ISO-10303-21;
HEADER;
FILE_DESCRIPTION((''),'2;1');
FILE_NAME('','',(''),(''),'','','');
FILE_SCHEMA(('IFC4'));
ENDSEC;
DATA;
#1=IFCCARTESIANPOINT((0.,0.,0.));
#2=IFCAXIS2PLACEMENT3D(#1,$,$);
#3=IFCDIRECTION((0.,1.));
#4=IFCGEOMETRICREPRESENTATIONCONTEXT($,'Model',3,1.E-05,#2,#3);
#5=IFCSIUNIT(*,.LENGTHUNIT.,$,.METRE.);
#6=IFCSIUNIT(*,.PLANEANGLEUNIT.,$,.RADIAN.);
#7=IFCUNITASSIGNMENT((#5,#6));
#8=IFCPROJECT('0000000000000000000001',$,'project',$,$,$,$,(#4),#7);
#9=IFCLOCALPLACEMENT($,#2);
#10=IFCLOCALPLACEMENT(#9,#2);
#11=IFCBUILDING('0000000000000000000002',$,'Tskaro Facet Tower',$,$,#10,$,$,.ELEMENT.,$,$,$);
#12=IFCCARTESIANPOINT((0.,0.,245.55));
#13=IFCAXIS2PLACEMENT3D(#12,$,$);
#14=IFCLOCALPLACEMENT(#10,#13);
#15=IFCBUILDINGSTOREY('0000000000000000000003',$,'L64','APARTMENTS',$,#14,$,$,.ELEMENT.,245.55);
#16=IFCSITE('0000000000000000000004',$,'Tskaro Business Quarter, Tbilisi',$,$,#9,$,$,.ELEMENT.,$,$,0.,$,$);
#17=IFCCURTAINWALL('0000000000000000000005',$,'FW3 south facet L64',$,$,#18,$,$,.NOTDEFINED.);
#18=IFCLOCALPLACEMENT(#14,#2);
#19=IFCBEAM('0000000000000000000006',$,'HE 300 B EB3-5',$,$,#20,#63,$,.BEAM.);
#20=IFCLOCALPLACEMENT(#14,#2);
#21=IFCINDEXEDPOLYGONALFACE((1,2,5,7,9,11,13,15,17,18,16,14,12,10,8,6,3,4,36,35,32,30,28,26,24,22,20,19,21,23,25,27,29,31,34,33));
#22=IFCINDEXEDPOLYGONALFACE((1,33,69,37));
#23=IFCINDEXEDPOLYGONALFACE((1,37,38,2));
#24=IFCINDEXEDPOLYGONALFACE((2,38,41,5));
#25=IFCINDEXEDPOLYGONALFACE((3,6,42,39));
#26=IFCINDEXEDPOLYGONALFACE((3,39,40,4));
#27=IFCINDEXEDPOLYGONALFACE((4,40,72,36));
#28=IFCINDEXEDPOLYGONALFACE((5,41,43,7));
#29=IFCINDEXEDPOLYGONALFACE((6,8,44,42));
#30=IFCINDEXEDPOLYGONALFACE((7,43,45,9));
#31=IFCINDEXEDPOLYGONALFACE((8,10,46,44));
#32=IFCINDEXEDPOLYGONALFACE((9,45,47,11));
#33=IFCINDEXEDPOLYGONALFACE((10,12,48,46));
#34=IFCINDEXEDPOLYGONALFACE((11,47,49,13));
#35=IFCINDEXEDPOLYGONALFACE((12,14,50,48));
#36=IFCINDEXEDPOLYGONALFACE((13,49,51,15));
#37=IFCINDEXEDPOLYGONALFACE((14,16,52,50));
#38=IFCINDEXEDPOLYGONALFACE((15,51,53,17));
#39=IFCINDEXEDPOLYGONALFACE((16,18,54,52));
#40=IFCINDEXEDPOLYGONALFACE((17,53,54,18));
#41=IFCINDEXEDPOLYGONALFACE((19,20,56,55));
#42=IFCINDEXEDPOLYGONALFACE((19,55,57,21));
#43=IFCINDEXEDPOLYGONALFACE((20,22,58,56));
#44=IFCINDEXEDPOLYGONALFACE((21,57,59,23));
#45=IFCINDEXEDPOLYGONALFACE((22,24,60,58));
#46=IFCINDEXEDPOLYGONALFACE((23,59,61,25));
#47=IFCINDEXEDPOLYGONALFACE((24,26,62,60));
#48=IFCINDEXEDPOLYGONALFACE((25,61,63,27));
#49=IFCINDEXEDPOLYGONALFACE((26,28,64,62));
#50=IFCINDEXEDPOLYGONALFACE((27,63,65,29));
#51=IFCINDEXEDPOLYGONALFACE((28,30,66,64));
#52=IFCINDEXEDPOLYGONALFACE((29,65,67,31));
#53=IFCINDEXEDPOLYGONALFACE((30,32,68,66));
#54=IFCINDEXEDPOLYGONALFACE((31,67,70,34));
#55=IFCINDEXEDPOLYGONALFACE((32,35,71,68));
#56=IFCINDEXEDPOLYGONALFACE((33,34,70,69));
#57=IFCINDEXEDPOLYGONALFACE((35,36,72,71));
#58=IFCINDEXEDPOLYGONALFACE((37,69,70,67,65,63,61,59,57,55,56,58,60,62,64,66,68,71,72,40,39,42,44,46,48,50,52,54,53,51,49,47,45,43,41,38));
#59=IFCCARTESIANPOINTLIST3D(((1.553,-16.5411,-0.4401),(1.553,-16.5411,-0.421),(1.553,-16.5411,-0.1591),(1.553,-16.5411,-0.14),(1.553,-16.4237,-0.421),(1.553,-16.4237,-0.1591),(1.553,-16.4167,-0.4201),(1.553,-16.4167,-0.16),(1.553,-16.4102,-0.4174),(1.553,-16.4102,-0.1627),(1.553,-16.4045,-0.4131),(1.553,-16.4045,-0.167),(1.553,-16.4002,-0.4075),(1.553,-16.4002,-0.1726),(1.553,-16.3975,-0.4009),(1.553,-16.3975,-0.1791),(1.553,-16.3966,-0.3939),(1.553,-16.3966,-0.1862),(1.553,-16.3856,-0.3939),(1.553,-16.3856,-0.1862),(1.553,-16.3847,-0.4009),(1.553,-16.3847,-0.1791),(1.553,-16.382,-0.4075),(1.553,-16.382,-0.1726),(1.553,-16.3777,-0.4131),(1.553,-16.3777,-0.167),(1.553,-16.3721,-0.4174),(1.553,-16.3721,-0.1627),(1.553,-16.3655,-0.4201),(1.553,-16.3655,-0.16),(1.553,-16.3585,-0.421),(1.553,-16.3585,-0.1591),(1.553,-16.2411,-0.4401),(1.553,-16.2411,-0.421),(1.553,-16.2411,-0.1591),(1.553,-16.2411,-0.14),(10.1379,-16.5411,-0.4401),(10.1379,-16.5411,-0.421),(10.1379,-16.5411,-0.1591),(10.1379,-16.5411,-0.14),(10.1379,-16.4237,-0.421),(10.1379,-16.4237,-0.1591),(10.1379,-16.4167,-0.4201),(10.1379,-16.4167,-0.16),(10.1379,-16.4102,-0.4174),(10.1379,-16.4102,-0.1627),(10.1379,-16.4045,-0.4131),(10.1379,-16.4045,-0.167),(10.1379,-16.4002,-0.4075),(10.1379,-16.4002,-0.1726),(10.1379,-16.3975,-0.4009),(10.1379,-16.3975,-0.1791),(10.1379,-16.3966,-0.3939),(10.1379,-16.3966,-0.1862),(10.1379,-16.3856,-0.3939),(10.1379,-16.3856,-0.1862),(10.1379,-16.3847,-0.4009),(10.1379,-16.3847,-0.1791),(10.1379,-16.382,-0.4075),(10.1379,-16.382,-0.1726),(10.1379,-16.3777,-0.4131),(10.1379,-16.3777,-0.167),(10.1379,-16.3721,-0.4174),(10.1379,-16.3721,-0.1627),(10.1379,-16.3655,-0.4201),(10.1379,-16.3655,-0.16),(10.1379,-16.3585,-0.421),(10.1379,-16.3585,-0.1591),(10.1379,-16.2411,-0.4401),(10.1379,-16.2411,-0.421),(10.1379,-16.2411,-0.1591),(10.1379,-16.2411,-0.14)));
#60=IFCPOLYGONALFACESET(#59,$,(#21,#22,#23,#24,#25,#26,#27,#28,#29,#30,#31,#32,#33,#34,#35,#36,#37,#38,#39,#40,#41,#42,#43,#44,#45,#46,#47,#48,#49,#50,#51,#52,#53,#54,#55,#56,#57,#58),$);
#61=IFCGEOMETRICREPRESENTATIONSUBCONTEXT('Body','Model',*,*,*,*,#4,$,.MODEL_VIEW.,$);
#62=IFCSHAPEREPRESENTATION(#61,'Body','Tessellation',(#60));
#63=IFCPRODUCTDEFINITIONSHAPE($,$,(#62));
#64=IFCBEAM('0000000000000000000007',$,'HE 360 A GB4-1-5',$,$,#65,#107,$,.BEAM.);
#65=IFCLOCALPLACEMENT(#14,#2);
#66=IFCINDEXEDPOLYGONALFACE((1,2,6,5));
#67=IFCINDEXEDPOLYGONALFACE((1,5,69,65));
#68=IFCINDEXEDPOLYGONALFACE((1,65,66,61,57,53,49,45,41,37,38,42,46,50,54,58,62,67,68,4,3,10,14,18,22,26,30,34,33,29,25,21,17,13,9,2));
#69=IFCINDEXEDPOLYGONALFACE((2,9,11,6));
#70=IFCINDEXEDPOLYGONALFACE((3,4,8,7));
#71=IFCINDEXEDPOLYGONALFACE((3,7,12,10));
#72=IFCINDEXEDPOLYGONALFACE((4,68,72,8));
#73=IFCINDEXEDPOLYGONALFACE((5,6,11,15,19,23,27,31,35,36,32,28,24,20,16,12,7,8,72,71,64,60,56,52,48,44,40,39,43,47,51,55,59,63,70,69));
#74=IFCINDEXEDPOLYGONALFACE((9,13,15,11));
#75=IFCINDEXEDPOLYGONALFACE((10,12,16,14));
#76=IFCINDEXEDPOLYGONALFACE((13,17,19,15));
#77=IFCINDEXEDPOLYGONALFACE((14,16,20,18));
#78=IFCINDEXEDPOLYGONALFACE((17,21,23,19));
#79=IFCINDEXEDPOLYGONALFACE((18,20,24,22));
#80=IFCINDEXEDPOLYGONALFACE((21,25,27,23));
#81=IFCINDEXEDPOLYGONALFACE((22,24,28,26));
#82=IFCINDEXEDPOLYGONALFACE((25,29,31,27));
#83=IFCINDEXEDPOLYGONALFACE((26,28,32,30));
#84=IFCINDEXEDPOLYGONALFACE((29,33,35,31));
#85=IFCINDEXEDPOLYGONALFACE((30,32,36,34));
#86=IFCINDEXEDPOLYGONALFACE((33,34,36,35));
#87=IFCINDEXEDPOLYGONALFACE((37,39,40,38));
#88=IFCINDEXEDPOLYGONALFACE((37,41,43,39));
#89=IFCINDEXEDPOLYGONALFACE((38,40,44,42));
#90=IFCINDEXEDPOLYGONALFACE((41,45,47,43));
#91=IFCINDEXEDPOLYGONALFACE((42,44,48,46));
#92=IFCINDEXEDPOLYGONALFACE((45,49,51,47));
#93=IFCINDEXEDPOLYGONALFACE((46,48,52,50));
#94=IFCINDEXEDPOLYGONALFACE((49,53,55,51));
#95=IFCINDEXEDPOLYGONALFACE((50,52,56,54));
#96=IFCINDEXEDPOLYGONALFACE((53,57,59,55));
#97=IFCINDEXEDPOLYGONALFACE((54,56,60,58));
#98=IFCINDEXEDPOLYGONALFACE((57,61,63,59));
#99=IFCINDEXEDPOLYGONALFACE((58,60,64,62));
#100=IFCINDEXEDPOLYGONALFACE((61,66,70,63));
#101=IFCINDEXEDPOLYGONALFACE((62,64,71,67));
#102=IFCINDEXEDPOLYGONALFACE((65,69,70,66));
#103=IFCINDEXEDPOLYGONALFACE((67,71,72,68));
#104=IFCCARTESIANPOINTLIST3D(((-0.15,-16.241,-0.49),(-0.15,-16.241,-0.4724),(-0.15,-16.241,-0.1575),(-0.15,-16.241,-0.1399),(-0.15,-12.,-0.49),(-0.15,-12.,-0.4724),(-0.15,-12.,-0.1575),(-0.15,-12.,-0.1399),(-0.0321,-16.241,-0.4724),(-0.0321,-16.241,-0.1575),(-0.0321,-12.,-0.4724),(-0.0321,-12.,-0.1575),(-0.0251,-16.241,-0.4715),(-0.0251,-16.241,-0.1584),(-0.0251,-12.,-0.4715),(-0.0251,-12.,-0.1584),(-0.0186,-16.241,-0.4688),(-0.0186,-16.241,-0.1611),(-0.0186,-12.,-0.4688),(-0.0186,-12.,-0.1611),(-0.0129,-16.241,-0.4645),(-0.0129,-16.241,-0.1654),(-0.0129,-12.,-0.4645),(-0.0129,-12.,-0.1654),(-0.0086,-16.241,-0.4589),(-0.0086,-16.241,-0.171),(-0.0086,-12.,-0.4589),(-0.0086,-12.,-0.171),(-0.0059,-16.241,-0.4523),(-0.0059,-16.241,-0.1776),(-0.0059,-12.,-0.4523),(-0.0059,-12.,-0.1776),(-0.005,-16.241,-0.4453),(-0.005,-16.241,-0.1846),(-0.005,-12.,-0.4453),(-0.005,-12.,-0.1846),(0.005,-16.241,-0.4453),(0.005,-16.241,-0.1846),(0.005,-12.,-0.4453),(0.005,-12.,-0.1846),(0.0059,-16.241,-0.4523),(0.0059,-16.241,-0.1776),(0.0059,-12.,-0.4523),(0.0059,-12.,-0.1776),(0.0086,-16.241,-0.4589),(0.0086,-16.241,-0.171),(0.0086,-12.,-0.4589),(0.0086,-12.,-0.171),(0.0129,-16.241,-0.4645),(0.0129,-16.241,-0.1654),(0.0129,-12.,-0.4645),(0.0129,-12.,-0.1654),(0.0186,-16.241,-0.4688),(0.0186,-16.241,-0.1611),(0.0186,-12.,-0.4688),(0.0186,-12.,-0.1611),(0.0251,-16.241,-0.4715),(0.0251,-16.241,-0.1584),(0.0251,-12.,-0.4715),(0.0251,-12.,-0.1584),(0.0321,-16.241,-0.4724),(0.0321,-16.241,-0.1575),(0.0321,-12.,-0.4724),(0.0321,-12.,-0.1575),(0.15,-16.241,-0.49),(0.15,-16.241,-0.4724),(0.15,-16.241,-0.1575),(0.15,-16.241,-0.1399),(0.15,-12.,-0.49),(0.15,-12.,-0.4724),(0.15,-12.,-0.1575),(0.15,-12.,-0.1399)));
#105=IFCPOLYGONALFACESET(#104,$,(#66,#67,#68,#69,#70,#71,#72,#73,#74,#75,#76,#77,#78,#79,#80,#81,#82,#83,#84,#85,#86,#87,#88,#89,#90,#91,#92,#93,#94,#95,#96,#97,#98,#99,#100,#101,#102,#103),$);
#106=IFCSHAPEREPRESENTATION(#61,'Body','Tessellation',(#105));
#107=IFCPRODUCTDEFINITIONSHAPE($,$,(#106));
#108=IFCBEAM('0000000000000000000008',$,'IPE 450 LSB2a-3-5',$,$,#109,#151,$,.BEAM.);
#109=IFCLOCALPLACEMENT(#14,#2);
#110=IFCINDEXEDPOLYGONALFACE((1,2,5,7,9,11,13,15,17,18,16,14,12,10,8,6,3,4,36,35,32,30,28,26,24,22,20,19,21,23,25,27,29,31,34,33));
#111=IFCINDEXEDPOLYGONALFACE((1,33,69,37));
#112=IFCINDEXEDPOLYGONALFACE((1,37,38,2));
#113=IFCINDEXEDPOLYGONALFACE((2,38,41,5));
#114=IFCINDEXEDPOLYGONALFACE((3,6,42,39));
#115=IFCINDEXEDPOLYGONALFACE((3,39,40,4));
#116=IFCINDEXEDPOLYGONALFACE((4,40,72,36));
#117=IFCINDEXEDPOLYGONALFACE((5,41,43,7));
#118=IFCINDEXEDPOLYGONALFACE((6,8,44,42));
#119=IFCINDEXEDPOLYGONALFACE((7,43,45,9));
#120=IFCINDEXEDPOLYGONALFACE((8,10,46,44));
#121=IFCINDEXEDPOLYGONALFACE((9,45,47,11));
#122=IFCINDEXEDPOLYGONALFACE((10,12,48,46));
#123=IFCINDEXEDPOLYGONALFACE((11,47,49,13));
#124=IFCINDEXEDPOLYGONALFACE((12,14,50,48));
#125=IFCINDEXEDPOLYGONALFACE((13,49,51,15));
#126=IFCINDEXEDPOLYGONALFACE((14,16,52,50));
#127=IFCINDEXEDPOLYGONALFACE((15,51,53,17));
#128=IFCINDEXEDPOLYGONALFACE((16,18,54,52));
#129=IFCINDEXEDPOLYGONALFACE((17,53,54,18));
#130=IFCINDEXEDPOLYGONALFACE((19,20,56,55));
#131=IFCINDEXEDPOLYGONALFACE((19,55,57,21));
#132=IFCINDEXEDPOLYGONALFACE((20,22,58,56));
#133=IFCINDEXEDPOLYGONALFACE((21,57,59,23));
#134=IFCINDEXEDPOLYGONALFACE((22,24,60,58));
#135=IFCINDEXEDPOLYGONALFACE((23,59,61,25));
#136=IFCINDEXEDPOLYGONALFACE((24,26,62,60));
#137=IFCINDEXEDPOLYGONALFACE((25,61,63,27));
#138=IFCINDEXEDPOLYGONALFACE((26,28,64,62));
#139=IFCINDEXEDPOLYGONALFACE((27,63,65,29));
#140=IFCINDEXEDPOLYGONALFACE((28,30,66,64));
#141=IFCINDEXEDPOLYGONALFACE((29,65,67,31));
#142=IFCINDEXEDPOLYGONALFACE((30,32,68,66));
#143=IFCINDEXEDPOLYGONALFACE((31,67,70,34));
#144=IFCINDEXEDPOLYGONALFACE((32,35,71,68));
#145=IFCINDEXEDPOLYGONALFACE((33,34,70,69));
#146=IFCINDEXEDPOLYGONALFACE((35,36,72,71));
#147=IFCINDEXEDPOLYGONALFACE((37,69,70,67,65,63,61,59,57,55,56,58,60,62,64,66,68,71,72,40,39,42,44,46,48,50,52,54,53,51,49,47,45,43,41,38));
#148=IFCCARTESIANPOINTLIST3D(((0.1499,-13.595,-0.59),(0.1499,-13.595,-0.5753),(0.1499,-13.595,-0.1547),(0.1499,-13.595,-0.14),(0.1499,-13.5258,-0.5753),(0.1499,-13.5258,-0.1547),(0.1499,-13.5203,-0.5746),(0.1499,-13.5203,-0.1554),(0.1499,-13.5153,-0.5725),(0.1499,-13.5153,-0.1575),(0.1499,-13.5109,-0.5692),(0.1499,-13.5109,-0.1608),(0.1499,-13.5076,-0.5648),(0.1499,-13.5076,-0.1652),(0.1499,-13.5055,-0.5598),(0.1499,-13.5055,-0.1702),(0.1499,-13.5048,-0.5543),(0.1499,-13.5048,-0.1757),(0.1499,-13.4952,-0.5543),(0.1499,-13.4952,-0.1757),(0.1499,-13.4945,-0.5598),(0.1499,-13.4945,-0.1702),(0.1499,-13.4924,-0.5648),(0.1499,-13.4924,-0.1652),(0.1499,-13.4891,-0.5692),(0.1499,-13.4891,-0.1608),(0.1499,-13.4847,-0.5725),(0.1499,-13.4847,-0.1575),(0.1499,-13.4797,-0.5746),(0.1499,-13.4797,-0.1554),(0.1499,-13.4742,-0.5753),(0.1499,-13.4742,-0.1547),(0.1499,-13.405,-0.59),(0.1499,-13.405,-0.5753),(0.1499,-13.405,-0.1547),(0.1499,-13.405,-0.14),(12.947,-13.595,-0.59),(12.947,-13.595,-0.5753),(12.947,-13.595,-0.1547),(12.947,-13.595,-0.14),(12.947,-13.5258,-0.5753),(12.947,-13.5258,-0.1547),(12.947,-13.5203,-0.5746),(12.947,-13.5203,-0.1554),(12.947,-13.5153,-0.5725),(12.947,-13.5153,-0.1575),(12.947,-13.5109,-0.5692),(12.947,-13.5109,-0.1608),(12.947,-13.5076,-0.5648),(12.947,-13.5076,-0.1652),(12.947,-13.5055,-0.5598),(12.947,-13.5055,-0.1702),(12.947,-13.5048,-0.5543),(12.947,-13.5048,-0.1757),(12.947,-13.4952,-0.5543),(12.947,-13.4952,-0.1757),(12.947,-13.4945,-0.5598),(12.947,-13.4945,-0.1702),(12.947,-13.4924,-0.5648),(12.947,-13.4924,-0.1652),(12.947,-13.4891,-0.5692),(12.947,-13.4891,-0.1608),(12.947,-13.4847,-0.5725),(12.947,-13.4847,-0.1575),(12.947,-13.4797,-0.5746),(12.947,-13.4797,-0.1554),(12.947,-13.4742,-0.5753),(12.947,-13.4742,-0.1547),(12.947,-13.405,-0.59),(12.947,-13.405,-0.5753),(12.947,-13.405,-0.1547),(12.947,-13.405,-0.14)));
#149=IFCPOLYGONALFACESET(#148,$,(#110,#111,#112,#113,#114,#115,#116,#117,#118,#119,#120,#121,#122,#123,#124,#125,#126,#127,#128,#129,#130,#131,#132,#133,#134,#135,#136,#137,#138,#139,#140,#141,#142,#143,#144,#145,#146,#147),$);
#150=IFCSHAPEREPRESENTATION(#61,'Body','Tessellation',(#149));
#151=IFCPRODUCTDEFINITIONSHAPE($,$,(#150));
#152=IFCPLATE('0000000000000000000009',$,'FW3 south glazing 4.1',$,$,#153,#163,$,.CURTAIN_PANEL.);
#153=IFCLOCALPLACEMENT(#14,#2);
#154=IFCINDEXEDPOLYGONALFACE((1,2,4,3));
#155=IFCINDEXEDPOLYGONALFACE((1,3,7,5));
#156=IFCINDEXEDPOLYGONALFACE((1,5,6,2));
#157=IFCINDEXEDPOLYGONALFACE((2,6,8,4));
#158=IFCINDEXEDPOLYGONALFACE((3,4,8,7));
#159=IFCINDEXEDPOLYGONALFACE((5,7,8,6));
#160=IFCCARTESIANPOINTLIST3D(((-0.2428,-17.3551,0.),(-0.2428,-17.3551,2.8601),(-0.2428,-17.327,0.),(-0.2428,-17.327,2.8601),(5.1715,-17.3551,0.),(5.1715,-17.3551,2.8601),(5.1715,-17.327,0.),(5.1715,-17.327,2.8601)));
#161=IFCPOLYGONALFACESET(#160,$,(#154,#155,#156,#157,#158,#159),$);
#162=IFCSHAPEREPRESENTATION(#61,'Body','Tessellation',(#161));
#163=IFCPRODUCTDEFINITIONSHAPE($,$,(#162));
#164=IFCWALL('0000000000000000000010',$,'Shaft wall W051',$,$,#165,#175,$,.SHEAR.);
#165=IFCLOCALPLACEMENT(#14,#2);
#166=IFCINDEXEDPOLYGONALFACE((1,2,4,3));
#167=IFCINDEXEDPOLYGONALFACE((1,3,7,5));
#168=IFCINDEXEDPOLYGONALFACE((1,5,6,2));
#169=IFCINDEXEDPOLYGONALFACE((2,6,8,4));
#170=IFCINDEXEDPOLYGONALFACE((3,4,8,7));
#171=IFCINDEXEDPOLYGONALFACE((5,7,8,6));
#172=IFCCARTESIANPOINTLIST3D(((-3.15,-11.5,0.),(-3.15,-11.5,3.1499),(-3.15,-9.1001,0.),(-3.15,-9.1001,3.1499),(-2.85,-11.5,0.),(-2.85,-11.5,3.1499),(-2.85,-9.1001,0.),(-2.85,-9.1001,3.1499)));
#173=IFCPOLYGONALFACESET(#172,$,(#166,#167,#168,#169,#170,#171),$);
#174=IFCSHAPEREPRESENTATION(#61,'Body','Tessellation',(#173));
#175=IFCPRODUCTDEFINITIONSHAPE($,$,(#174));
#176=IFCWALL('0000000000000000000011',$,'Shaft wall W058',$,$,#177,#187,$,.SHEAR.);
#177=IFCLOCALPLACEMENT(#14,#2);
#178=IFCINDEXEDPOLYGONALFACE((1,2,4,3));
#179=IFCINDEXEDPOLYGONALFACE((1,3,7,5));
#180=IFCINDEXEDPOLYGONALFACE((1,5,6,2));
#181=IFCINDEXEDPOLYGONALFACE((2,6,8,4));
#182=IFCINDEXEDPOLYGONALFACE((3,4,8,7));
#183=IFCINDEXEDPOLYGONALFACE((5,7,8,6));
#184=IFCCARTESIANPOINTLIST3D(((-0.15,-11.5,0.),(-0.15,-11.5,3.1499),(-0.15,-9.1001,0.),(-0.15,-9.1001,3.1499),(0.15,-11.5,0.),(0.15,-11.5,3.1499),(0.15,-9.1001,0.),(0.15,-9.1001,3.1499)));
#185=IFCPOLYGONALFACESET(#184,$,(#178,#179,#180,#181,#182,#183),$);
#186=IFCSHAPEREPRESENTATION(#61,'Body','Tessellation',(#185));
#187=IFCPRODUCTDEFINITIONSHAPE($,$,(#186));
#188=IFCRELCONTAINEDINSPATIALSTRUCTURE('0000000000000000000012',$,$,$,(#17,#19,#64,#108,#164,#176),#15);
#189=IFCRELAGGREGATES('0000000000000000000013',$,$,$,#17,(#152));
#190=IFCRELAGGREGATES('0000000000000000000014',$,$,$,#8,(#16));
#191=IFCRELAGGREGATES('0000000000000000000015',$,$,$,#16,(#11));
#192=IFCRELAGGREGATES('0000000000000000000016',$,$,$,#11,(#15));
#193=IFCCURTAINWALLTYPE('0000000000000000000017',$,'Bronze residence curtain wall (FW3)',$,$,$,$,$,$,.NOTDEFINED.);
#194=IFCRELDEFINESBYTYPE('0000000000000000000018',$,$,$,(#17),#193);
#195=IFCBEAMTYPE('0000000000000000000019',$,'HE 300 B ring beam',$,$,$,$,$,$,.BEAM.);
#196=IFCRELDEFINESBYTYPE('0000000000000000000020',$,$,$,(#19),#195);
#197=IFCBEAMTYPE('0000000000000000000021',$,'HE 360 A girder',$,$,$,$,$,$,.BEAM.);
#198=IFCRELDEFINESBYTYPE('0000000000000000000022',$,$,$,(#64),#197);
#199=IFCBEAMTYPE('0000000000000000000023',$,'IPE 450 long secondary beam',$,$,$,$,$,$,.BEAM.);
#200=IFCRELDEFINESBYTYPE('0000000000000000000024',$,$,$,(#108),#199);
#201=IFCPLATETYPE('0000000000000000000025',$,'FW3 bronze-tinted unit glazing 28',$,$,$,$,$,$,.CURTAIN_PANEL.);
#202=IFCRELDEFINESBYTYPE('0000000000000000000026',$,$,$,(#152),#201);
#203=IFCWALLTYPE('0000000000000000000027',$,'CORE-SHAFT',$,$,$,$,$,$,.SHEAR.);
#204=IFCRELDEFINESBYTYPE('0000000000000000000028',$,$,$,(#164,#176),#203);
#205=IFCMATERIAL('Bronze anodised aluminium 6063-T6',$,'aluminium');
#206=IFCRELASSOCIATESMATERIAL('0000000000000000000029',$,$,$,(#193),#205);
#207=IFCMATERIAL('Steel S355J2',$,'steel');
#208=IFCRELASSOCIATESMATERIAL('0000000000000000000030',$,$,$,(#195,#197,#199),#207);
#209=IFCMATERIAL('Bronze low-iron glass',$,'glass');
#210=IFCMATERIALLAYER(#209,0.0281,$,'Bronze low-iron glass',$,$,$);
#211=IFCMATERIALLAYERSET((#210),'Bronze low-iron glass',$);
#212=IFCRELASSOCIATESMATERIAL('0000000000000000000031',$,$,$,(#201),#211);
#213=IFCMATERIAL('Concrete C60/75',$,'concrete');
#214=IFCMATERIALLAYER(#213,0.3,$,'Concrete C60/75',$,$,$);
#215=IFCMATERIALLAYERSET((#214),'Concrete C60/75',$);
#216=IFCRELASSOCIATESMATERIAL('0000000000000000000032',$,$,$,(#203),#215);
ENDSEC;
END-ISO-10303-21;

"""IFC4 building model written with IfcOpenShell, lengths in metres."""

from ifc_helpers import new_model, si_unit, direction, frame, frame_2d, origin, origin_2d, place, context, subcontext, project, spatial, rectangle, i_section, extrude, material, layer, layer_set, material_profile, profile_set, type_object, element, aggregate, save


model = new_model("IFC4")

# Units and contexts
model_context = context("Model", 3, precision=1e-05, world=origin(), true_north=direction((0.0, 1.0)))
body_context = subcontext(model_context, "Body", "Model", "MODEL_VIEW")
ifc_project = project(units=[si_unit("LENGTHUNIT", "METRE"), si_unit("PLANEANGLEUNIT", "RADIAN")], contexts=[model_context])

# Site, building, storey
site_placement = place(None, origin())
site = spatial("IfcSite", under=ifc_project, at=site_placement, Name="Tskaro Business Quarter, Tbilisi", CompositionType="ELEMENT", RefElevation=0.0)
building_placement = place(site_placement, origin())
building = spatial("IfcBuilding", under=site, at=building_placement, Name="Tskaro Facet Tower", CompositionType="ELEMENT")
storey_placement = place(building_placement, frame((0.0, 0.0, 245.55)))
storey = spatial("IfcBuildingStorey", under=building, at=storey_placement, Name="L64", Description="APARTMENTS", CompositionType="ELEMENT", Elevation=245.55)

# Curtain wall
ifc_material_1 = material(Name="Bronze anodised aluminium 6063-T6", Category="aluminium")
curtain_wall_type = type_object("IfcCurtainWallType", Name="Bronze residence curtain wall (FW3)", PredefinedType="NOTDEFINED", material=ifc_material_1)
curtain_wall_placement = place(storey_placement, origin())
curtain_wall = element("IfcCurtainWall", 1, at=curtain_wall_placement, inside=storey, type_object=curtain_wall_type, Name="FW3 south facet L64", PredefinedType="NOTDEFINED")

# Beams
ifc_material_2 = material(Name="Steel S355J2", Category="steel")
ifc_material_profile_1 = material_profile(ifc_material_2, i_section(OverallWidth=0.3, OverallDepth=0.3, WebThickness=0.011, FlangeThickness=0.019, FilletRadius=0.0271, at=origin_2d()), Name="HE 300 B")
ifc_profile_set_1 = profile_set([ifc_material_profile_1], Name="Steel S355J2")
beam_type_1 = type_object("IfcBeamType", Name="HE 300 B ring beam", PredefinedType="BEAM", material=ifc_profile_set_1)
beam_1_placement = place(storey_placement, frame((1.553, -16.3911, -0.29), z_axis=(1.0, 0.0, 0.0), x_axis=(0.0, 1.0, 0.0)))
element("IfcBeam", 2, at=beam_1_placement, inside=storey, type_object=beam_type_1, Name="HE 300 B EB3-5", PredefinedType="BEAM", context=body_context, shape_type="SweptSolid", body=[
    extrude(i_section(OverallWidth=0.3, OverallDepth=0.3, WebThickness=0.011, FlangeThickness=0.019, FilletRadius=0.0271, at=origin_2d()), origin(), (0.0, 0.0, 1.0), 8.585),
])
ifc_material_profile_2 = material_profile(ifc_material_2, i_section(OverallWidth=0.3, OverallDepth=0.3501, WebThickness=0.01, FlangeThickness=0.0176, FilletRadius=0.0271, at=origin_2d()), Name="HE 360 A")
ifc_profile_set_2 = profile_set([ifc_material_profile_2], Name="Steel S355J2")
beam_type_2 = type_object("IfcBeamType", Name="HE 360 A girder", PredefinedType="BEAM", material=ifc_profile_set_2)
beam_2_placement = place(storey_placement, frame((0.0, -16.241, -0.3149), z_axis=(0.0, 1.0, 0.0), x_axis=(-1.0, 0.0, 0.0)))
element("IfcBeam", 3, at=beam_2_placement, inside=storey, type_object=beam_type_2, Name="HE 360 A GB4-1-5", PredefinedType="BEAM", context=body_context, shape_type="SweptSolid", body=[
    extrude(i_section(OverallWidth=0.3, OverallDepth=0.3501, WebThickness=0.01, FlangeThickness=0.0176, FilletRadius=0.0271, at=origin_2d()), origin(), (0.0, 0.0, 1.0), 4.241),
])
ifc_material_profile_3 = material_profile(ifc_material_2, i_section(OverallWidth=0.1899, OverallDepth=0.45, WebThickness=0.0095, FlangeThickness=0.0146, FilletRadius=0.021, at=origin_2d()), Name="IPE 450")
ifc_profile_set_3 = profile_set([ifc_material_profile_3], Name="Steel S355J2")
beam_type_3 = type_object("IfcBeamType", Name="IPE 450 long secondary beam", PredefinedType="BEAM", material=ifc_profile_set_3)
beam_3_placement = place(storey_placement, frame((0.1499, -13.5, -0.365), z_axis=(1.0, 0.0, 0.0), x_axis=(0.0, 1.0, 0.0)))
element("IfcBeam", 4, at=beam_3_placement, inside=storey, type_object=beam_type_3, Name="IPE 450 LSB2a-3-5", PredefinedType="BEAM", context=body_context, shape_type="SweptSolid", body=[
    extrude(i_section(OverallWidth=0.1899, OverallDepth=0.45, WebThickness=0.0095, FlangeThickness=0.0146, FilletRadius=0.021, at=origin_2d()), origin(), (0.0, 0.0, 1.0), 12.7971),
])

# Plate
ifc_material_3 = material(Name="Bronze low-iron glass", Category="glass")
ifc_layer_1 = layer(ifc_material_3, 0.0281, Name="Bronze low-iron glass")
ifc_layer_set_1 = layer_set([ifc_layer_1], Name="Bronze low-iron glass")
plate_type = type_object("IfcPlateType", Name="FW3 bronze-tinted unit glazing 28", PredefinedType="CURTAIN_PANEL", material=ifc_layer_set_1)
plate_placement = place(storey_placement, frame((2.4644, -17.3411, 0.0), z_axis=(0.0, 0.0, 1.0), x_axis=(1.0, 0.0, 0.0)))
plate = element("IfcPlate", 5, at=plate_placement, type_object=plate_type, Name="FW3 south glazing 4.1", PredefinedType="CURTAIN_PANEL", context=body_context, shape_type="SweptSolid", body=[
    extrude(rectangle(XDim=5.4143, YDim=0.0281, at=origin_2d()), origin(), (0.0, 0.0, 1.0), 2.8601),
])
aggregate(curtain_wall, [plate])

# Walls
ifc_material_4 = material(Name="Concrete C60/75", Category="concrete")
ifc_layer_2 = layer(ifc_material_4, 0.3, Name="Concrete C60/75")
ifc_layer_set_2 = layer_set([ifc_layer_2], Name="Concrete C60/75")
wall_type = type_object("IfcWallType", Name="CORE-SHAFT", PredefinedType="SHEAR", material=ifc_layer_set_2)
for number, where, z_axis, x_axis, name in (
    (6, (-3.0, -11.5, 0.0), (0.0, 0.0, 1.0), (0.0, 1.0, 0.0), "Shaft wall W051"),
    (7, (0.0, -11.5, 0.0), (0.0, 0.0, 1.0), (0.0, 1.0, 0.0), "Shaft wall W058"),
):
    element("IfcWall", number, at=place(storey_placement, frame(where, z_axis=z_axis, x_axis=x_axis)), inside=storey, type_object=wall_type, Name=name, PredefinedType="SHEAR", context=body_context, shape_type="SweptSolid", body=[
        extrude(rectangle(XDim=2.3999, YDim=0.3, at=frame_2d((1.2, 0.0))), origin(), (0.0, 0.0, 1.0), 3.1499),
    ])

save(model, "model.ifc")
